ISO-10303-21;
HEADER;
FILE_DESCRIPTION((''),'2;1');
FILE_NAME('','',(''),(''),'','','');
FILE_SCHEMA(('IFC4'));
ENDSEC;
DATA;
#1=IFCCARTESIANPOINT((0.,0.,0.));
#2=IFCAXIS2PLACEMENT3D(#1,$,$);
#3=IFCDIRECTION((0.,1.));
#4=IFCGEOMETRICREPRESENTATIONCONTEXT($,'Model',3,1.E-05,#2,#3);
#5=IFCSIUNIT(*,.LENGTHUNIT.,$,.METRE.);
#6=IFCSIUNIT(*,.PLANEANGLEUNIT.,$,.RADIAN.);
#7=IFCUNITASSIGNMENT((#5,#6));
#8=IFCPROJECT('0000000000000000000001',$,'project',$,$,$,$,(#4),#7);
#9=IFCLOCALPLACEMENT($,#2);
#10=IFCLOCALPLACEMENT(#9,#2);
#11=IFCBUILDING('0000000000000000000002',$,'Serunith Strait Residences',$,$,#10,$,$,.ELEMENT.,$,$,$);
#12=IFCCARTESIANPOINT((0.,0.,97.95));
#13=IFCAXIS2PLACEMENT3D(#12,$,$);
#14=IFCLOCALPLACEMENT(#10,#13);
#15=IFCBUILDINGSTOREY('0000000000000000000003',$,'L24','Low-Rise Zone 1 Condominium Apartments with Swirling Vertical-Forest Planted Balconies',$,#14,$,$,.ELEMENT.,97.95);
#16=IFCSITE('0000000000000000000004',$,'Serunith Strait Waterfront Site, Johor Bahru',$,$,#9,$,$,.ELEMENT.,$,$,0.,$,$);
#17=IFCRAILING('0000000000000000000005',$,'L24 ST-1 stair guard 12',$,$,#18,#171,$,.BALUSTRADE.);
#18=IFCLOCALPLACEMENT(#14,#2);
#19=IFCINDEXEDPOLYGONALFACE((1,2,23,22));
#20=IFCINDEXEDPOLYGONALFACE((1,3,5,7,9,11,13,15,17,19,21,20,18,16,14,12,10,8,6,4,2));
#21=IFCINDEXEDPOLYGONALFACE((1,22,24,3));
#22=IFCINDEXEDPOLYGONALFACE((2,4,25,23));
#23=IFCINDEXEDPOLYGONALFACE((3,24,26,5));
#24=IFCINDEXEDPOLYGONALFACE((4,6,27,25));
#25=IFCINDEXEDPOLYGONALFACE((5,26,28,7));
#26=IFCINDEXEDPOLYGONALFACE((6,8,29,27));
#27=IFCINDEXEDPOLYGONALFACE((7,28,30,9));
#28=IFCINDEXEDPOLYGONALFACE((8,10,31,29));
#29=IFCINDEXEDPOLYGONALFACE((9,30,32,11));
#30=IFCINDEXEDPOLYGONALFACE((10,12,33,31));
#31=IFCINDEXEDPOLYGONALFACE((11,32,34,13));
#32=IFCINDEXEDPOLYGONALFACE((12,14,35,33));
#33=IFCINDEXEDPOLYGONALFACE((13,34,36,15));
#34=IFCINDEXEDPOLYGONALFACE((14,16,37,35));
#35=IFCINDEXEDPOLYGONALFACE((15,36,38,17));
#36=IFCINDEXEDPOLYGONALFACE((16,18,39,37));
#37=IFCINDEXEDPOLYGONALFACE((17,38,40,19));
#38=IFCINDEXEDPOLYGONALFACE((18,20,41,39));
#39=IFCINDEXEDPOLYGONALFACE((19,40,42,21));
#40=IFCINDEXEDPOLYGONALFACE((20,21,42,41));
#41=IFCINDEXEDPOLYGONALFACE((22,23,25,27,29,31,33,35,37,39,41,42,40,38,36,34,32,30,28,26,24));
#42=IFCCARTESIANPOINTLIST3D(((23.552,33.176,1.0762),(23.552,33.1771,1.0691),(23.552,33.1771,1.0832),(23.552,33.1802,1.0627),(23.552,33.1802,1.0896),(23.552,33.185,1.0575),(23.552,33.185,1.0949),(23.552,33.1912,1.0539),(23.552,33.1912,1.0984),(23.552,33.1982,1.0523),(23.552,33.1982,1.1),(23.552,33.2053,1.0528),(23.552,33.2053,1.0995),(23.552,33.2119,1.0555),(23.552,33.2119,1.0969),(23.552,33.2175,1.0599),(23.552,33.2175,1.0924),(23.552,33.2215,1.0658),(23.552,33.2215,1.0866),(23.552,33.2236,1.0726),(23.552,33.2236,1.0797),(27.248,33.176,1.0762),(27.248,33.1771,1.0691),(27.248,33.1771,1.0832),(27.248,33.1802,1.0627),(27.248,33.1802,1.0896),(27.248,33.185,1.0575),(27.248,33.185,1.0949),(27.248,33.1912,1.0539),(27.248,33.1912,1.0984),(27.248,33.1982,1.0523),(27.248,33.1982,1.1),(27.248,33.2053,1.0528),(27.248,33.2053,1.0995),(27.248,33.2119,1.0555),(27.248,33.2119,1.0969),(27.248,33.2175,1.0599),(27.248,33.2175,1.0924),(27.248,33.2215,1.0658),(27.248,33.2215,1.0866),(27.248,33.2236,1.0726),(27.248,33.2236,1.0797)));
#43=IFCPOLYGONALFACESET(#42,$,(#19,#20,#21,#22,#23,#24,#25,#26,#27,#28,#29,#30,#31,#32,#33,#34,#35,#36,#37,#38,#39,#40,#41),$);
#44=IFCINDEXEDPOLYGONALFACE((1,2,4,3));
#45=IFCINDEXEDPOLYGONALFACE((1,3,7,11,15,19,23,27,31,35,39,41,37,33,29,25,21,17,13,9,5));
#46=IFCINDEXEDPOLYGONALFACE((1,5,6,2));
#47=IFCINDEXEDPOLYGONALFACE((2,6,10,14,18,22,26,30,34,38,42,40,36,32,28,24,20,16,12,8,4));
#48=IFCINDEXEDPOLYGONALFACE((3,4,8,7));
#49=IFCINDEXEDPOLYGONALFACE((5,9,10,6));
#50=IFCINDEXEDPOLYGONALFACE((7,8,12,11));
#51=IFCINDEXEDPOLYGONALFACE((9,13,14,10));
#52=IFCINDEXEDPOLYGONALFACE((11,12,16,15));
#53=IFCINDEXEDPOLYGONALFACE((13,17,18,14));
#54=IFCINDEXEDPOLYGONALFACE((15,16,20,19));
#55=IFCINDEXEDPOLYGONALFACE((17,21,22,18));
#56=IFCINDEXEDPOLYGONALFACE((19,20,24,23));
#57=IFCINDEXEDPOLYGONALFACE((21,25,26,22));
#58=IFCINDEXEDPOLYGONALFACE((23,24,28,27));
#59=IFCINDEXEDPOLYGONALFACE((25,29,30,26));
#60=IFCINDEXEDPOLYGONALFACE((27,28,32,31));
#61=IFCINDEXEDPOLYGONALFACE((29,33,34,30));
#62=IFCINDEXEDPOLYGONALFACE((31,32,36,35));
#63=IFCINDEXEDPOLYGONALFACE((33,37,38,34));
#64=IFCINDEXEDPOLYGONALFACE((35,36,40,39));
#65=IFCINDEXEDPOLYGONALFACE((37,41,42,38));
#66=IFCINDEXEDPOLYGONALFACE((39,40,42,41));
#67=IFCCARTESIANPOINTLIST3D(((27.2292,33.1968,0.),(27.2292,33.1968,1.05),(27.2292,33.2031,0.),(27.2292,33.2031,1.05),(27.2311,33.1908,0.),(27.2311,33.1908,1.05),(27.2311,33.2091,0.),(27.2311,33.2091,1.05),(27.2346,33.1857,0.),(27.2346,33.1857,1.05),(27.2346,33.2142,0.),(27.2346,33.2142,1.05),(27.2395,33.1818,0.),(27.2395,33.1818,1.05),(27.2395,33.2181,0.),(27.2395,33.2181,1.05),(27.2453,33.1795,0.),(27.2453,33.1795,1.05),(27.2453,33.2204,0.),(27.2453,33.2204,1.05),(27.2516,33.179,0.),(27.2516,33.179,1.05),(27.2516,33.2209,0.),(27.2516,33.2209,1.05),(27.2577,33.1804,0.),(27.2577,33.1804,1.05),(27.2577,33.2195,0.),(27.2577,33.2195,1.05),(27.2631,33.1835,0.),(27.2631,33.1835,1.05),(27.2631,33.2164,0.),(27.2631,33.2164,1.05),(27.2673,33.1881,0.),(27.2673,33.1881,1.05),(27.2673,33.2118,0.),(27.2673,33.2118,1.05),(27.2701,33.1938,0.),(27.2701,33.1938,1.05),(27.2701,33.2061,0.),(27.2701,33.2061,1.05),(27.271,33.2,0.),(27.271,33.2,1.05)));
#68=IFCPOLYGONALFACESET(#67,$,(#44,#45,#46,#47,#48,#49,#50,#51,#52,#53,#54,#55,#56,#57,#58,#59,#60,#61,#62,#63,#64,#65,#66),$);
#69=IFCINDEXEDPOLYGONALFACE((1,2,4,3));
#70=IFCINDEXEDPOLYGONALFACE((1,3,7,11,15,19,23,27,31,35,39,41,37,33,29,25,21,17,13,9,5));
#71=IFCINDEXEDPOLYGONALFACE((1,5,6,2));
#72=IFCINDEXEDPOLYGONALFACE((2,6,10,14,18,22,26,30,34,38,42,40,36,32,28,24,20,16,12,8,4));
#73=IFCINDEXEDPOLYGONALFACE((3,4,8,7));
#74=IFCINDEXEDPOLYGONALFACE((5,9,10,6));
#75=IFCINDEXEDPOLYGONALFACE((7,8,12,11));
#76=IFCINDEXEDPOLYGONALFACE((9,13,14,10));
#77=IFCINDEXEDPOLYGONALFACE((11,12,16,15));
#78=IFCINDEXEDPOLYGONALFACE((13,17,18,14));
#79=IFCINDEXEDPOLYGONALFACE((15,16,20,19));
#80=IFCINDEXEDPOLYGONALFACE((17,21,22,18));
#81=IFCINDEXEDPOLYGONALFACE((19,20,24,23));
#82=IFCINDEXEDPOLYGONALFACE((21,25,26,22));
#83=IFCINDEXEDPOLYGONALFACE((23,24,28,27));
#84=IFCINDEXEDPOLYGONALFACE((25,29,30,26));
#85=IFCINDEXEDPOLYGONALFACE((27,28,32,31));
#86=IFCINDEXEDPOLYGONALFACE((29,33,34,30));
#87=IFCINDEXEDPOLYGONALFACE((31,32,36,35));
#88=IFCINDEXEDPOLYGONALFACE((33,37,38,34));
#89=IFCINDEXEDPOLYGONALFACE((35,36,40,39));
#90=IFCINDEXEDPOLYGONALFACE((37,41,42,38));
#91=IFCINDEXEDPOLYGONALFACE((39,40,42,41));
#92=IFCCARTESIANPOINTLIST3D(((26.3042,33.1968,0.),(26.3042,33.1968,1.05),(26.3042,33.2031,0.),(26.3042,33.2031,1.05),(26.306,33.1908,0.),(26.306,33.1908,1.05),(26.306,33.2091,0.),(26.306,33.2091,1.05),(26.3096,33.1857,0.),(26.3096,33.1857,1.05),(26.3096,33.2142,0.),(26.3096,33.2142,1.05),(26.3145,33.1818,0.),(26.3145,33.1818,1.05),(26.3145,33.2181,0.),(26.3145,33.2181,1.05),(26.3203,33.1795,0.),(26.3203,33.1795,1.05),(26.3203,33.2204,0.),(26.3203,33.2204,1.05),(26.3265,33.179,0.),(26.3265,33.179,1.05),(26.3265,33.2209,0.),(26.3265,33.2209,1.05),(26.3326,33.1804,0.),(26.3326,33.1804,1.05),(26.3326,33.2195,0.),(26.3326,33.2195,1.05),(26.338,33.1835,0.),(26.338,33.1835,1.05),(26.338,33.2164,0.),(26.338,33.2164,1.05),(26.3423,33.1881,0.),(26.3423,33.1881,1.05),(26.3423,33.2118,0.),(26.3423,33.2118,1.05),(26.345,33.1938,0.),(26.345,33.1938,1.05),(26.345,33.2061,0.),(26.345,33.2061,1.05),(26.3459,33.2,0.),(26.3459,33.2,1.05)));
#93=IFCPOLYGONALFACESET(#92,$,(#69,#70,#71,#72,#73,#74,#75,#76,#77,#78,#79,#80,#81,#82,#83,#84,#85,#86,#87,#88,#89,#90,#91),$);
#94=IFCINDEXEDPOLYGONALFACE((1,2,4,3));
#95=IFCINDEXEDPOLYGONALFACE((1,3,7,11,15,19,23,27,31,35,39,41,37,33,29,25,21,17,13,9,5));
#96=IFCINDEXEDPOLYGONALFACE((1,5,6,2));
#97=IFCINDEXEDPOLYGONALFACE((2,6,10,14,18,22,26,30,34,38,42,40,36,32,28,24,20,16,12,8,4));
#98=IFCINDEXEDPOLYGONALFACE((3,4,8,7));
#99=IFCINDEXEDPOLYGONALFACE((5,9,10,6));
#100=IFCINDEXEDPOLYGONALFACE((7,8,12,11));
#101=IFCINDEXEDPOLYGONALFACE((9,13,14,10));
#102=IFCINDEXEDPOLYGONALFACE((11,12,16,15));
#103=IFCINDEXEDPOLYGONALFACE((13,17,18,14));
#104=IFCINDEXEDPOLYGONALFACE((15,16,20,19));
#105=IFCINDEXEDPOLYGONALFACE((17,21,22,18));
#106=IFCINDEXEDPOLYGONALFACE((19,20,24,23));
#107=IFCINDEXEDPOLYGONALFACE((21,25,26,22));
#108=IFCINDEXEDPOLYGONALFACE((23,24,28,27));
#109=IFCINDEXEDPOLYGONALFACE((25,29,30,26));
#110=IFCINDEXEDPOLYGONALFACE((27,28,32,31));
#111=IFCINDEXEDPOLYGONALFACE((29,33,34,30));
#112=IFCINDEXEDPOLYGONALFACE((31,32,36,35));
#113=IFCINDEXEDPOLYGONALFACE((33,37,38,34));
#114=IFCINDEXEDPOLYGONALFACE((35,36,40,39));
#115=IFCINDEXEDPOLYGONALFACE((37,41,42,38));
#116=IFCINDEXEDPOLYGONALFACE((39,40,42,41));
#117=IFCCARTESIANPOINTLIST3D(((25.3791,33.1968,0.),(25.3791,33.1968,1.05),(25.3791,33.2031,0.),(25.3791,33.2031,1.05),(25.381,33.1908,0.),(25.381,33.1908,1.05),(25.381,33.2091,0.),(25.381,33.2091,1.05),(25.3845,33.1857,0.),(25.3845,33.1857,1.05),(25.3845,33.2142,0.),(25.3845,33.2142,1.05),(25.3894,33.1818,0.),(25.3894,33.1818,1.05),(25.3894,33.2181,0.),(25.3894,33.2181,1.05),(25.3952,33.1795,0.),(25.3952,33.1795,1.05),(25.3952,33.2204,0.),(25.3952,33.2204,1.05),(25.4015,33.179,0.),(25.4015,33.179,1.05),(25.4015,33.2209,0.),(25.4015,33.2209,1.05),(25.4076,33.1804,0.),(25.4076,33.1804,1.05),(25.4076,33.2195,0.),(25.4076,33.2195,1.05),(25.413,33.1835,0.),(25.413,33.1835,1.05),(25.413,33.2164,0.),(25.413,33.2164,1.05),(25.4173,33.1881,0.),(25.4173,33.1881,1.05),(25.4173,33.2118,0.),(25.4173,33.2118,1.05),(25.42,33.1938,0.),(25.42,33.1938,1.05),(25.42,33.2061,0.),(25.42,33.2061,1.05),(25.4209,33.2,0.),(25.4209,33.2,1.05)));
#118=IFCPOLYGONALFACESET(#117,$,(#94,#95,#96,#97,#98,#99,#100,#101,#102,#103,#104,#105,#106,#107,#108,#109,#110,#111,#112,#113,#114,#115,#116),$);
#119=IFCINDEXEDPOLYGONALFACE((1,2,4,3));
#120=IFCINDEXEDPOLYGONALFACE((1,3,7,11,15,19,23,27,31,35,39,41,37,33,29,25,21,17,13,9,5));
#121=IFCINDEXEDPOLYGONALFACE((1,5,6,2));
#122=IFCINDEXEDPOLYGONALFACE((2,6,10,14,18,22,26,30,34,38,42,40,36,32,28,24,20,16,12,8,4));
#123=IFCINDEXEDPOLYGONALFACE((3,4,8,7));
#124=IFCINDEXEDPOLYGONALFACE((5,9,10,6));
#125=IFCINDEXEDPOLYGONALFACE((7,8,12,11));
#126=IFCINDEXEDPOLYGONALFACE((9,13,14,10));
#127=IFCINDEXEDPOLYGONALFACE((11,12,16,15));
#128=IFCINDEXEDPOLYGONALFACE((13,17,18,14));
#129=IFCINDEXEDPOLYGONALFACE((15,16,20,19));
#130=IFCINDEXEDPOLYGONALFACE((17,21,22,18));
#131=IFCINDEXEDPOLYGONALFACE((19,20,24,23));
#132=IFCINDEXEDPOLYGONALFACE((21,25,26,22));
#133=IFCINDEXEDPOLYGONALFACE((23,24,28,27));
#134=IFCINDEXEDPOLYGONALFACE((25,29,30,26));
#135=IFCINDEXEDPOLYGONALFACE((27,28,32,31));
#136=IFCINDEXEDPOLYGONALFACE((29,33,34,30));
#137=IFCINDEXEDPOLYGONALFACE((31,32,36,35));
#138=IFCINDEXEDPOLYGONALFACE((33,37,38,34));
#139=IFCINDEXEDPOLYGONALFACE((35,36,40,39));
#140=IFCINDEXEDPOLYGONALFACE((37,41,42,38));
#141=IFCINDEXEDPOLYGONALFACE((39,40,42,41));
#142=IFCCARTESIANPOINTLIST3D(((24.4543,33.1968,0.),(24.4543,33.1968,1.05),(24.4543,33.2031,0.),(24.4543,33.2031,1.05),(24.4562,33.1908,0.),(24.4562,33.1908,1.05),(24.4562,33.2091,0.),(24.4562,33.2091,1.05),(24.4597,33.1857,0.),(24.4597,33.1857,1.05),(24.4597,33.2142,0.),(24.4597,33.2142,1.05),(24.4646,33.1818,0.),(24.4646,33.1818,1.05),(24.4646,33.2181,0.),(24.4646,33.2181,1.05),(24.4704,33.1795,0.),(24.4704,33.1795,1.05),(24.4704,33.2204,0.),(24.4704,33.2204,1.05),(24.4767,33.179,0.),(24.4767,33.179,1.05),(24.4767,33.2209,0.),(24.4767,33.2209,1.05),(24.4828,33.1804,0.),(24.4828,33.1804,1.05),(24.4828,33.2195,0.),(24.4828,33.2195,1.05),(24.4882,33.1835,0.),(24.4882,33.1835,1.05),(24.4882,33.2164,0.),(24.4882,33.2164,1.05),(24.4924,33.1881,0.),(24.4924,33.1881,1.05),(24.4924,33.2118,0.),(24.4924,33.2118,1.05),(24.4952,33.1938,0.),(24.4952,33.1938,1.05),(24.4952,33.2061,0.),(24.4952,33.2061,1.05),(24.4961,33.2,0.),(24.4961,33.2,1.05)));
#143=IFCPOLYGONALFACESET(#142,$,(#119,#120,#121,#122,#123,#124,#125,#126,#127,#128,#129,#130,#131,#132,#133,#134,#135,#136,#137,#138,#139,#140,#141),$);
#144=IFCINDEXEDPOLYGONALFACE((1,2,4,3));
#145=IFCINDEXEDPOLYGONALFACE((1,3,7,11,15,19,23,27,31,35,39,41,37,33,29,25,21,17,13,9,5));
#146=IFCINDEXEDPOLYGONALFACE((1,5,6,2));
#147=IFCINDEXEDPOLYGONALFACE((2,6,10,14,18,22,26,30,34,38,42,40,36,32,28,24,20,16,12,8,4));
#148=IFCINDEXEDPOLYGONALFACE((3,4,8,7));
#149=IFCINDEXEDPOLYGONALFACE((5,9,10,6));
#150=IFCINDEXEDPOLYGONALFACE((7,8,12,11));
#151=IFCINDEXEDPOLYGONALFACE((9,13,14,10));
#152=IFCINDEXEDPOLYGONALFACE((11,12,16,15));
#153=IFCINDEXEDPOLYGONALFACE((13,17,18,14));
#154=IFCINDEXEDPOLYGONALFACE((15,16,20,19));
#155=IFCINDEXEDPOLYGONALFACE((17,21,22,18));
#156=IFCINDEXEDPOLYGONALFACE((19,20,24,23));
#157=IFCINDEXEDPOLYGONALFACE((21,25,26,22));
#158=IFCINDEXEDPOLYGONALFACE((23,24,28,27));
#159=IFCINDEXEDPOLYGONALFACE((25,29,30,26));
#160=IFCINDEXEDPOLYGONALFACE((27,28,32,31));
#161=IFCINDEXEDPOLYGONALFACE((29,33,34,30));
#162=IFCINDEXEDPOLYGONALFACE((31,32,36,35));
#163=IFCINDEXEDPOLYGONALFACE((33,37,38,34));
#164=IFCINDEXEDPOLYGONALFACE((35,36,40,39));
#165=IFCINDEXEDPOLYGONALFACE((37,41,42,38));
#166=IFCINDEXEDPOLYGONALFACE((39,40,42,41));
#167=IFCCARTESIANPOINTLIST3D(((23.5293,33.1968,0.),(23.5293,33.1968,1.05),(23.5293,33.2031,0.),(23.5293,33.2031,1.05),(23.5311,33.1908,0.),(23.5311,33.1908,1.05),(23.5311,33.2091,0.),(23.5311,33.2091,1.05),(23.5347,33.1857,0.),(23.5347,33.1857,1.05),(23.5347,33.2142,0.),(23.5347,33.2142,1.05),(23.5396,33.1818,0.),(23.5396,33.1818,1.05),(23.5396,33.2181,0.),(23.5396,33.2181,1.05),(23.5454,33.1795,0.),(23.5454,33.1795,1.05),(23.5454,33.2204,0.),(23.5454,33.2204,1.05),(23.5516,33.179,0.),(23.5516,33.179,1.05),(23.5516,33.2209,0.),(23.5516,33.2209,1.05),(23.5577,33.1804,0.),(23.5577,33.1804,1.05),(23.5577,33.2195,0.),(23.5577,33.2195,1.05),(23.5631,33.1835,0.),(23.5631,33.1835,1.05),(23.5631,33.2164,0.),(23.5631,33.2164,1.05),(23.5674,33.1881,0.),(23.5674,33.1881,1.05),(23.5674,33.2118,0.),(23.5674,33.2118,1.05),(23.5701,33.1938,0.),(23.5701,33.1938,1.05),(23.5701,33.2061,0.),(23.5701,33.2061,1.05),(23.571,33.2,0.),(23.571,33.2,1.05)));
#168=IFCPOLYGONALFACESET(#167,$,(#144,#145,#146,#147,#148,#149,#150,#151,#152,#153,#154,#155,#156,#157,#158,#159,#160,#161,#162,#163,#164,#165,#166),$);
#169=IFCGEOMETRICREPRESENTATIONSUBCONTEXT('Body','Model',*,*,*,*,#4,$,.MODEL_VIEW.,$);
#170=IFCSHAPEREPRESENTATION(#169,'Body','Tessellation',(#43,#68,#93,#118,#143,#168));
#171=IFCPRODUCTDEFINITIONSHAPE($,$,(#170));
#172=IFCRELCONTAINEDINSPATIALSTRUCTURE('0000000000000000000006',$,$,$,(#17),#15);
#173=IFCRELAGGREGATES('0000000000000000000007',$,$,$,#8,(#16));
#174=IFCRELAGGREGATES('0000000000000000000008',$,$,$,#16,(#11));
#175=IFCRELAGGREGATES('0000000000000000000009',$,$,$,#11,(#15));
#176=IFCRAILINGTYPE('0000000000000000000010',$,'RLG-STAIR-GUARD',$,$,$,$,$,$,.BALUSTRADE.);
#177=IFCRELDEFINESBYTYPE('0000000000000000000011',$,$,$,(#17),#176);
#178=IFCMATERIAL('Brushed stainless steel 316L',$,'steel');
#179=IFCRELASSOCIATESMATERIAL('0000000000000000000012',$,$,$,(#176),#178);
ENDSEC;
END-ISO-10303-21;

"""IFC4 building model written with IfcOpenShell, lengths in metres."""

from ifc_helpers import new_model, si_unit, direction, frame, origin, origin_2d, place, context, subcontext, project, spatial, circle, extrude, material, type_object, element, save


model = new_model("IFC4")

# Units and contexts
model_context = context("Model", 3, precision=1e-05, world=origin(), true_north=direction((0.0, 1.0)))
body_context = subcontext(model_context, "Body", "Model", "MODEL_VIEW")
ifc_project = project(units=[si_unit("LENGTHUNIT", "METRE"), si_unit("PLANEANGLEUNIT", "RADIAN")], contexts=[model_context])

# Site, building, storey
site_placement = place(None, origin())
site = spatial("IfcSite", under=ifc_project, at=site_placement, Name="Serunith Strait Waterfront Site, Johor Bahru", CompositionType="ELEMENT", RefElevation=0.0)
building_placement = place(site_placement, origin())
building = spatial("IfcBuilding", under=site, at=building_placement, Name="Serunith Strait Residences", CompositionType="ELEMENT")
storey_placement = place(building_placement, frame((0.0, 0.0, 97.95)))
storey = spatial("IfcBuildingStorey", under=building, at=storey_placement, Name="L24", Description="Low-Rise Zone 1 Condominium Apartments with Swirling Vertical-Forest Planted Balconies", CompositionType="ELEMENT", Elevation=97.95)

# Railing
ifc_material_1 = material(Name="Brushed stainless steel 316L", Category="steel")
railing_type_1 = type_object("IfcRailingType", Name="RLG-STAIR-GUARD", PredefinedType="BALUSTRADE", material=ifc_material_1)
railing_1_placement = place(storey_placement, frame((27.25, 33.2, 0.0)))
element("IfcRailing", 1, at=railing_1_placement, inside=storey, type_object=railing_type_1, Name="L24 ST-1 stair guard 12", PredefinedType="BALUSTRADE", context=body_context, shape_type="SweptSolid", body=[
    extrude(circle(Radius=0.0239, at=origin_2d()), frame((-0.002, 0.0, 1.0762), z_axis=(-1.0, 0.0, 0.0), x_axis=(0.0, -1.0, 0.0)), (0.0, 0.0, 1.0), 3.696),
    extrude(circle(Radius=0.021, at=origin_2d()), origin(), (0.0, 0.0, 1.0), 1.05),
    extrude(circle(Radius=0.021, at=origin_2d()), frame((-0.925, 0.0, 0.0)), (0.0, 0.0, 1.0), 1.05),
    extrude(circle(Radius=0.021, at=origin_2d()), frame((-1.8501, 0.0, 0.0)), (0.0, 0.0, 1.0), 1.05),
    extrude(circle(Radius=0.021, at=origin_2d()), frame((-2.7749, 0.0, 0.0)), (0.0, 0.0, 1.0), 1.05),
    extrude(circle(Radius=0.021, at=origin_2d()), frame((-3.7, 0.0, 0.0)), (0.0, 0.0, 1.0), 1.05),
])

save(model, "model.ifc")
